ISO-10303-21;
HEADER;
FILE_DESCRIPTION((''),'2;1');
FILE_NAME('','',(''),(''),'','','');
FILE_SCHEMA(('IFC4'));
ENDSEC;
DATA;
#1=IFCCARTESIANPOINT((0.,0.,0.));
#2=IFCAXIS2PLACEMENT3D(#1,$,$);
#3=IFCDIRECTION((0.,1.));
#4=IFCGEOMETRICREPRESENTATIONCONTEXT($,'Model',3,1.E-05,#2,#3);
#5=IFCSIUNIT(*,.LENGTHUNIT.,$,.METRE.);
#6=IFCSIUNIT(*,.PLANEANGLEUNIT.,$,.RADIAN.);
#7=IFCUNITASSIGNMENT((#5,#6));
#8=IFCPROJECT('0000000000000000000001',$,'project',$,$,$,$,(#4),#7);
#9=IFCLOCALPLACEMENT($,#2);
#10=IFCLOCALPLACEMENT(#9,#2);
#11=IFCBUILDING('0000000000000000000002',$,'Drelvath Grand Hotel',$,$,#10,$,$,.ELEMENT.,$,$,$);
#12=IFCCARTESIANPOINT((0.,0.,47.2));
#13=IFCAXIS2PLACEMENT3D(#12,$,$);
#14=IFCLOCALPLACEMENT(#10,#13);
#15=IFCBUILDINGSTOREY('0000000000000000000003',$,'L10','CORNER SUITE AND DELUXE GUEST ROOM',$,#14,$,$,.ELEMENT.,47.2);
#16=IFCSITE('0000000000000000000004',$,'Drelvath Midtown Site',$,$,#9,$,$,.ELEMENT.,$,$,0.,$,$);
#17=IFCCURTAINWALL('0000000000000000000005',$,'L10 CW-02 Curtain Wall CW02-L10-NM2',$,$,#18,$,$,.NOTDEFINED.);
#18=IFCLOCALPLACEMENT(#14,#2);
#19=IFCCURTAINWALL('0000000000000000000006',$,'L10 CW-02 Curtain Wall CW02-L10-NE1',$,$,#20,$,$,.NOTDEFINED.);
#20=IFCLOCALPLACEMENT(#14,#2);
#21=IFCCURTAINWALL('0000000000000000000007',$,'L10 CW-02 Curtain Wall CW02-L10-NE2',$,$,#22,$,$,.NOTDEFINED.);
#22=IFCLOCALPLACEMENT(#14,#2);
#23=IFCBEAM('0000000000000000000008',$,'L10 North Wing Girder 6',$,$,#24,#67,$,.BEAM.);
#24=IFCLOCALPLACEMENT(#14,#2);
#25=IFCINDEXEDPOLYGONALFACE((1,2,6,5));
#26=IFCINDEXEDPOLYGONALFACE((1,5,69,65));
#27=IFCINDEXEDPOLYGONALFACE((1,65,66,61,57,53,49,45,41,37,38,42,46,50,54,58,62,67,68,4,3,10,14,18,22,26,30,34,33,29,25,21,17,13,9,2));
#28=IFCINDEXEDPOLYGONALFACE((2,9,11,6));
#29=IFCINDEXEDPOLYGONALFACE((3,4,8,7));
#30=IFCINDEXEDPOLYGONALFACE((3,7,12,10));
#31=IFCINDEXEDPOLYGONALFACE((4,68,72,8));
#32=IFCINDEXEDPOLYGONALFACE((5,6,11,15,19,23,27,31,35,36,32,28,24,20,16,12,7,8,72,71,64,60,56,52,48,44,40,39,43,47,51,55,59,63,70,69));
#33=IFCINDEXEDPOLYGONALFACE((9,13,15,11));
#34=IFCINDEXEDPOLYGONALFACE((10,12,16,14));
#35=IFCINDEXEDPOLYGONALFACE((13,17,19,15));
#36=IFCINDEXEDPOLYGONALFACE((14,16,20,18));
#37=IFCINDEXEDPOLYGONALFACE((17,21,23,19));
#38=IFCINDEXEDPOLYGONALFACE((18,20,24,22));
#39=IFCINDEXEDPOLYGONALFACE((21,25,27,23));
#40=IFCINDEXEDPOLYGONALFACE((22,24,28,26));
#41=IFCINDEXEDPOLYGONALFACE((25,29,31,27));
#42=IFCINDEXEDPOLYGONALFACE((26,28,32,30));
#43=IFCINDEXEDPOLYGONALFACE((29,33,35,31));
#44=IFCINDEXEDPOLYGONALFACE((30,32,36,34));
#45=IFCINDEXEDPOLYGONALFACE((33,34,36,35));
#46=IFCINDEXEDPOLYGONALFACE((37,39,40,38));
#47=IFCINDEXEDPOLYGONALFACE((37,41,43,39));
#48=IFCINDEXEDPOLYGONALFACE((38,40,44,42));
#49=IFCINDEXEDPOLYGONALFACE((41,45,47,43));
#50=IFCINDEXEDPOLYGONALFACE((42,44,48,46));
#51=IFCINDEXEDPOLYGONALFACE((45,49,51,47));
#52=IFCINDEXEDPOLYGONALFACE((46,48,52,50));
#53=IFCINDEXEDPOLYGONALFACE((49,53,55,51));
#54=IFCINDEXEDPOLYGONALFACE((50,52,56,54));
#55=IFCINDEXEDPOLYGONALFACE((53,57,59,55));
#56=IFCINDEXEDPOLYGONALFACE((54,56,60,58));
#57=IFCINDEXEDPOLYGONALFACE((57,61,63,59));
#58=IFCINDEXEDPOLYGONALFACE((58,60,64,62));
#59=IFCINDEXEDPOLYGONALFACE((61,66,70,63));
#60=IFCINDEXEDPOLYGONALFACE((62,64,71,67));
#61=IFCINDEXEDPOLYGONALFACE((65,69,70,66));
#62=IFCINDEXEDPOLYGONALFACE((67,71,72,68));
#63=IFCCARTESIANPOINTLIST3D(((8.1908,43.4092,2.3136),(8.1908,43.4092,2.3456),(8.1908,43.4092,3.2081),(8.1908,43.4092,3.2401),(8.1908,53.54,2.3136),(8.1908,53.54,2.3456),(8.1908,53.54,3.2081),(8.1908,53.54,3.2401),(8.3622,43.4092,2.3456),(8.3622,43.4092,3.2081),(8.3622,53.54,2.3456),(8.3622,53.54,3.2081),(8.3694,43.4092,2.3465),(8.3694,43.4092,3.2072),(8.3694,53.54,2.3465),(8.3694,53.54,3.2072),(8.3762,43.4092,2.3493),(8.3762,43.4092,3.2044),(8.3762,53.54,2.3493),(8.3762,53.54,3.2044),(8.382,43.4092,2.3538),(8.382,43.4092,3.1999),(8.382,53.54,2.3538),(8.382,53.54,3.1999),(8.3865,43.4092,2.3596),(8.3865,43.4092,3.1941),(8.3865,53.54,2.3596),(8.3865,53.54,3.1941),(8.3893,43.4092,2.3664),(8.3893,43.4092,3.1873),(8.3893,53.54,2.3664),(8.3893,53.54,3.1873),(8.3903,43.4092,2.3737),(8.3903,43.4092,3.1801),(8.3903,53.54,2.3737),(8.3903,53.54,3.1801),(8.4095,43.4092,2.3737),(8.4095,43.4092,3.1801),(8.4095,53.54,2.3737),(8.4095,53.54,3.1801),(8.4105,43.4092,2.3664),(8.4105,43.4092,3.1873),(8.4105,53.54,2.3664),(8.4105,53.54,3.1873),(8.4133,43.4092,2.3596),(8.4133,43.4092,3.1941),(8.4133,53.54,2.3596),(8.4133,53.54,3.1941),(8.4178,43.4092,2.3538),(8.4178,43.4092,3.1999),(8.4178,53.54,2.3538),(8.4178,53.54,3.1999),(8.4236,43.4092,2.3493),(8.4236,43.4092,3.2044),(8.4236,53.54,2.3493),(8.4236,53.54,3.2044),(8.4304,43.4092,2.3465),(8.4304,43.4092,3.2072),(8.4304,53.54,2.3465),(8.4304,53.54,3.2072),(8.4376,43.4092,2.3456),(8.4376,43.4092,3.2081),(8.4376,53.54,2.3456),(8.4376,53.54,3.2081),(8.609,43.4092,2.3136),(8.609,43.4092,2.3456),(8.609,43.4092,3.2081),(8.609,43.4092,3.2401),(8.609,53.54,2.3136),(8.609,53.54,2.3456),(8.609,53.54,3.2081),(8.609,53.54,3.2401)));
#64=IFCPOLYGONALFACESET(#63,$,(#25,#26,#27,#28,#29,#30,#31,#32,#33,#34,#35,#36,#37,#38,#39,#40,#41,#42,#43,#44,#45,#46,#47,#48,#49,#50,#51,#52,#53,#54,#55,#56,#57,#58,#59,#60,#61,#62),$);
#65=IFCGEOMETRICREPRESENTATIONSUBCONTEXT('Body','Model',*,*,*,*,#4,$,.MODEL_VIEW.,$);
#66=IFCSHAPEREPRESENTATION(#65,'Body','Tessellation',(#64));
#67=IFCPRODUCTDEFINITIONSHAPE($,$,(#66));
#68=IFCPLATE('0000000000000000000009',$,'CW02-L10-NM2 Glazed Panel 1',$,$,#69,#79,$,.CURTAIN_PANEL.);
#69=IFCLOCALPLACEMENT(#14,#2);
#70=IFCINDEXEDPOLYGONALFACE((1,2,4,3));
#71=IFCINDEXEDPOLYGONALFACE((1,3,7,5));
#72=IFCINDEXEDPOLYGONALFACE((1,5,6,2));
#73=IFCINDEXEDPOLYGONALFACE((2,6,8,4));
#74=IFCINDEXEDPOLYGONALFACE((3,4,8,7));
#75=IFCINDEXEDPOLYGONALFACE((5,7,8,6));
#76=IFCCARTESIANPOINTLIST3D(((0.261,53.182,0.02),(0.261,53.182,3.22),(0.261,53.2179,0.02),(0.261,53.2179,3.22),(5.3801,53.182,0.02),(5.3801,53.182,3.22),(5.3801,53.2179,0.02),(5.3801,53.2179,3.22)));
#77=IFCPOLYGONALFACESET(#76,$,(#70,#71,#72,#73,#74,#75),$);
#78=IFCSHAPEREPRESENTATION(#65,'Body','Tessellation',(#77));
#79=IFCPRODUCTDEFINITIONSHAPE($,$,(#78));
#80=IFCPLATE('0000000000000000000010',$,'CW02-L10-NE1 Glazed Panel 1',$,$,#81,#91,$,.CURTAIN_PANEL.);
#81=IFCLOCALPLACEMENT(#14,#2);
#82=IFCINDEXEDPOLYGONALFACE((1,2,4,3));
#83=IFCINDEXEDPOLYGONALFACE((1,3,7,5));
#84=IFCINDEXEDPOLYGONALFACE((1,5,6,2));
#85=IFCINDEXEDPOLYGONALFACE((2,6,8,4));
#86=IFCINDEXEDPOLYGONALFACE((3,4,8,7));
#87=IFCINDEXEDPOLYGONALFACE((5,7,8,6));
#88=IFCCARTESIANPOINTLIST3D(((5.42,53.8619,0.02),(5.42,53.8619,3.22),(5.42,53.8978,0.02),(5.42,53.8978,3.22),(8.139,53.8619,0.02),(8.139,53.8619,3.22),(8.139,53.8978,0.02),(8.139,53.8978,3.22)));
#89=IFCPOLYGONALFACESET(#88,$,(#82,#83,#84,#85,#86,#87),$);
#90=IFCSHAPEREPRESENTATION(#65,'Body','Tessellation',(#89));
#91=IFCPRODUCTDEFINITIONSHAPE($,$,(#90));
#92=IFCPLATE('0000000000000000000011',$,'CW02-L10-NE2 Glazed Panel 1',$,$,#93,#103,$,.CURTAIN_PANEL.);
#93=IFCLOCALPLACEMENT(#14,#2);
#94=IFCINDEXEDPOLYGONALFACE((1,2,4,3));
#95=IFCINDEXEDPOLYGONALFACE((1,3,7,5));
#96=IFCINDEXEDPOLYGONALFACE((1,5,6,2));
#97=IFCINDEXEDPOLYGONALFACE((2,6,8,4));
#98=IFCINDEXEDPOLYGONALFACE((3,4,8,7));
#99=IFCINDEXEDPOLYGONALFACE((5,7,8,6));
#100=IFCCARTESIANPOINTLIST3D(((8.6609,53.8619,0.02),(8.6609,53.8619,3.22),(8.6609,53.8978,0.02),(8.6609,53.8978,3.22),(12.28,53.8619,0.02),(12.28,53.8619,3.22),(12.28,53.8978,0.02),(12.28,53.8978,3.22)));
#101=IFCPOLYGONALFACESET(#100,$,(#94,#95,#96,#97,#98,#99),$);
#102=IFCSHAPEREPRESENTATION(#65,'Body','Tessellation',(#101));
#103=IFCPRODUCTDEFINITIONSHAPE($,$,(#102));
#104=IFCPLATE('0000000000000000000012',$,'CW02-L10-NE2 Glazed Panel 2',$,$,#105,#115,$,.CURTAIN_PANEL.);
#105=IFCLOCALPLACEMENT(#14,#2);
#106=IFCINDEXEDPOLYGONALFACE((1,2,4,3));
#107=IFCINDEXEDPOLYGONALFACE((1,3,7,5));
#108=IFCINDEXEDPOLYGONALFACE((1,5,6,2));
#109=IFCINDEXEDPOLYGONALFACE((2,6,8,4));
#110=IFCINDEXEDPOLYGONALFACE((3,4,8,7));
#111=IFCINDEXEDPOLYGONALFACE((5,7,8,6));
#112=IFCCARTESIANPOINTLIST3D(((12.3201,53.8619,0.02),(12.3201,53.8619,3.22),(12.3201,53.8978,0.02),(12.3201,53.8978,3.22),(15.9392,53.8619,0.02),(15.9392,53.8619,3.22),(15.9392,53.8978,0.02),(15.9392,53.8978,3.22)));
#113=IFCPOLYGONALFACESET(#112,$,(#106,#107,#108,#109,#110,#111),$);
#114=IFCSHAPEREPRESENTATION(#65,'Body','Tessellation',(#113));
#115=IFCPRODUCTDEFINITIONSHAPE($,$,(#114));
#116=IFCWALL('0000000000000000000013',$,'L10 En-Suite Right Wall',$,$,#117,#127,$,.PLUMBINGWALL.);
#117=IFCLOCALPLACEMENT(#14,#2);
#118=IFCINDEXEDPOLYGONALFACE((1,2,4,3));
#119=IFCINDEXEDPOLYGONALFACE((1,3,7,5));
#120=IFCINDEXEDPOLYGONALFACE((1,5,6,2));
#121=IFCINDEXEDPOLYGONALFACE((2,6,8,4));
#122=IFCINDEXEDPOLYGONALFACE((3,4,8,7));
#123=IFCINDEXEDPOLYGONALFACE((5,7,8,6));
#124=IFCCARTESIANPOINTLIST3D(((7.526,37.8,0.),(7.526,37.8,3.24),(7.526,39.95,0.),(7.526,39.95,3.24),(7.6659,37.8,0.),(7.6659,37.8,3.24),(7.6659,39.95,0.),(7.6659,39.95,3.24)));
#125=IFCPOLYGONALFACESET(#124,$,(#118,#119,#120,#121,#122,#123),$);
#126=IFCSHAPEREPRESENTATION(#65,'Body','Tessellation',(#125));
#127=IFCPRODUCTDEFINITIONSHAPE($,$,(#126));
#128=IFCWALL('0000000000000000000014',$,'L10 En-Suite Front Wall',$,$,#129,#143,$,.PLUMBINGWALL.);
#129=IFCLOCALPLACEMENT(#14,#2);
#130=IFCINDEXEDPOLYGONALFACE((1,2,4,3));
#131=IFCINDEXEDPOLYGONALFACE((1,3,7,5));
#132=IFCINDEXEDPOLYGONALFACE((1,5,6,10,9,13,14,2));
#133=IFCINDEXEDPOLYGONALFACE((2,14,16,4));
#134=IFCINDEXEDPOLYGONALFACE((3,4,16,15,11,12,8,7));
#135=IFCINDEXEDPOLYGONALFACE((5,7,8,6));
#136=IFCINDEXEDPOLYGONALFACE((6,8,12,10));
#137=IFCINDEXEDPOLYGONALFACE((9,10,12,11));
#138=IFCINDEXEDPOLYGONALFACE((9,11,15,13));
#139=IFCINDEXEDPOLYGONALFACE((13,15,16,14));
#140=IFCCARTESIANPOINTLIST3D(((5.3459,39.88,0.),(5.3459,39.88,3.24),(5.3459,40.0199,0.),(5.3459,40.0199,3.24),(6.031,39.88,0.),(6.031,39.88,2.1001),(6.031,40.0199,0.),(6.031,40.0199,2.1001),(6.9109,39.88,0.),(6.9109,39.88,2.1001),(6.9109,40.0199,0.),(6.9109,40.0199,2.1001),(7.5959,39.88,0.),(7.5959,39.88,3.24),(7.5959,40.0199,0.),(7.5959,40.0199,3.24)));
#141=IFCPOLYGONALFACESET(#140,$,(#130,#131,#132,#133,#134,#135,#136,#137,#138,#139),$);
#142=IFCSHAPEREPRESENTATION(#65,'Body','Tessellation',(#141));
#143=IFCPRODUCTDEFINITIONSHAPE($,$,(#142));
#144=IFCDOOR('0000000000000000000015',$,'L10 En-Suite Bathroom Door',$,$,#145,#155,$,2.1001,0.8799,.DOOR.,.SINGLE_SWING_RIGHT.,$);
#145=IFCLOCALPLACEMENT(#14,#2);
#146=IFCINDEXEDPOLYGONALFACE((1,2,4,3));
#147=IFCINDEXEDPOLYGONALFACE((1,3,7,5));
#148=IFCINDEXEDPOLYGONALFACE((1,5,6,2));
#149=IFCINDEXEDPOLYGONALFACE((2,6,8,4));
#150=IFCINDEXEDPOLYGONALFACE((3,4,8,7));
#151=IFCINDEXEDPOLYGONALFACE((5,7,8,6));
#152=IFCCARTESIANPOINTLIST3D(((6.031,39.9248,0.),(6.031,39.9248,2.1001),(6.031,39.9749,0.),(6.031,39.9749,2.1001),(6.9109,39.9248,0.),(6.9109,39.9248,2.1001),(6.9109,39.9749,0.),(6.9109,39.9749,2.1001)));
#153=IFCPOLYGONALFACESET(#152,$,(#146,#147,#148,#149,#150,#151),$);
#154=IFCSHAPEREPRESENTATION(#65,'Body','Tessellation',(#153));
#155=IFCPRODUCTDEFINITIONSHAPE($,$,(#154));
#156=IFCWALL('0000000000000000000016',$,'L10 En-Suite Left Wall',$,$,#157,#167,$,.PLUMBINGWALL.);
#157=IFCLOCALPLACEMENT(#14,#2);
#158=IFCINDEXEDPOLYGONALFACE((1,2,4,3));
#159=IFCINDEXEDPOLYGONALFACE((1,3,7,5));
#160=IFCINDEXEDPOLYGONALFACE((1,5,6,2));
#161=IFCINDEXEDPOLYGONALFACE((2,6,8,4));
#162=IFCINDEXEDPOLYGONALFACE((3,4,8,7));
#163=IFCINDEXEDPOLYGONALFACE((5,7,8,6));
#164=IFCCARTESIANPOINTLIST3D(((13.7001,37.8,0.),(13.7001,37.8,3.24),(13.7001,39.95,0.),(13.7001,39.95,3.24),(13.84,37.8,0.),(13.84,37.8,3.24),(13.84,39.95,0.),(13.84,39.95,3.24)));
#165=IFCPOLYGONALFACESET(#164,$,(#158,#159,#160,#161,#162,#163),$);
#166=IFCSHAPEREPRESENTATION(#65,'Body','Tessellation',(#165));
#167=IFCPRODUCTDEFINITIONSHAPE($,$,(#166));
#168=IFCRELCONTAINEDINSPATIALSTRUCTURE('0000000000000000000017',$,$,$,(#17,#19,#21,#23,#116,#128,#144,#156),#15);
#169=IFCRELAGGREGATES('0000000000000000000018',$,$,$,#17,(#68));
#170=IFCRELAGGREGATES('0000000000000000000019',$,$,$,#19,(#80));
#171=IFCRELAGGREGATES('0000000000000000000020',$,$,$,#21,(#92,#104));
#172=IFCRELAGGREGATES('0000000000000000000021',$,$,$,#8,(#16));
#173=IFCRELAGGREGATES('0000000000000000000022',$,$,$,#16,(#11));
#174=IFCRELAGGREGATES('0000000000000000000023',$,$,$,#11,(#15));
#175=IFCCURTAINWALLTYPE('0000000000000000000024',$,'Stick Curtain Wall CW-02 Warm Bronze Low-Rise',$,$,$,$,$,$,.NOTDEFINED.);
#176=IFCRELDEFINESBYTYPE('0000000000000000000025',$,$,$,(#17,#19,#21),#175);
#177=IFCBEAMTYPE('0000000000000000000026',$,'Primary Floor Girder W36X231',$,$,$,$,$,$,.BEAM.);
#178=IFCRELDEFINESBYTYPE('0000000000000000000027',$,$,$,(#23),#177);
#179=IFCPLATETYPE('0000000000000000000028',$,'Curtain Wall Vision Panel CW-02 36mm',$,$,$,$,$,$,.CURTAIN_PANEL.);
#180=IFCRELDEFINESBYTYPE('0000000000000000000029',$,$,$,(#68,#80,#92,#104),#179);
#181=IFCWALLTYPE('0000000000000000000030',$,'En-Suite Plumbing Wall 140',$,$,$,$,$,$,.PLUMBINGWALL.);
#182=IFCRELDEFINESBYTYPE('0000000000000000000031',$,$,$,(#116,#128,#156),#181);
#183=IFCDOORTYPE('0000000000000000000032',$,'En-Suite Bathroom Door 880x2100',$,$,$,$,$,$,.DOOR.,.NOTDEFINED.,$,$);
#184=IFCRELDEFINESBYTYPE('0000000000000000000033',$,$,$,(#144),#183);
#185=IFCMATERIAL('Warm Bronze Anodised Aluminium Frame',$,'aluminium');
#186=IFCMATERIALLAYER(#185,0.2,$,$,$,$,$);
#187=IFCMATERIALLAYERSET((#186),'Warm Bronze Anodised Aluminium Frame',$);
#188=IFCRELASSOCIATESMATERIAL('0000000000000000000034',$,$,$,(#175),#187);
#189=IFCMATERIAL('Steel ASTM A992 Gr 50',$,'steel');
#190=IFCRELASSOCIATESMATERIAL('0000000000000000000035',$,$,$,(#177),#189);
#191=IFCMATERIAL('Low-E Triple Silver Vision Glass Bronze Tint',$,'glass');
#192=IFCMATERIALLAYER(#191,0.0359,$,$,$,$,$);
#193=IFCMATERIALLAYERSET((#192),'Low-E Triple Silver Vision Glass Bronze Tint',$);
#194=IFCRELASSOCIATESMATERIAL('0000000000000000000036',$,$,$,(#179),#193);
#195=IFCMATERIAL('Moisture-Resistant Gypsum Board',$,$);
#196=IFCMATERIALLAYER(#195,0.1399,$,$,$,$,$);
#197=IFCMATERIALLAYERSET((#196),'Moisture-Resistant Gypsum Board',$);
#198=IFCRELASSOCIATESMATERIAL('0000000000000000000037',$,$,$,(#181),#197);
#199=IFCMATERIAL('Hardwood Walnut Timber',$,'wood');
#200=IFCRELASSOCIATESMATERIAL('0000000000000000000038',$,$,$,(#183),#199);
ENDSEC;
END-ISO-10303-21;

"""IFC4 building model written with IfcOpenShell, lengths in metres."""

from ifc_helpers import new_model, si_unit, direction, frame, frame_2d, origin, origin_2d, place, context, subcontext, project, spatial, rectangle, i_section, extrude, material, layer, layer_set, material_profile, profile_set, type_object, element, fill, aggregate, save


model = new_model("IFC4")

# Units and contexts
model_context = context("Model", 3, precision=1e-05, world=origin(), true_north=direction((0.0, 1.0)))
body_context = subcontext(model_context, "Body", "Model", "MODEL_VIEW")
ifc_project = project(units=[si_unit("LENGTHUNIT", "METRE"), si_unit("PLANEANGLEUNIT", "RADIAN")], contexts=[model_context])

# Site, building, storey
site_placement = place(None, origin())
site = spatial("IfcSite", under=ifc_project, at=site_placement, Name="Drelvath Midtown Site", CompositionType="ELEMENT", RefElevation=0.0)
building_placement = place(site_placement, origin())
building = spatial("IfcBuilding", under=site, at=building_placement, Name="Drelvath Grand Hotel", CompositionType="ELEMENT")
storey_placement = place(building_placement, frame((0.0, 0.0, 47.2)))
storey = spatial("IfcBuildingStorey", under=building, at=storey_placement, Name="L10", Description="CORNER SUITE AND DELUXE GUEST ROOM", CompositionType="ELEMENT", Elevation=47.2)

# Curtain walls
ifc_material_1 = material(Name="Warm Bronze Anodised Aluminium Frame", Category="aluminium")
ifc_layer_1 = layer(ifc_material_1, 0.2)
ifc_layer_set_1 = layer_set([ifc_layer_1], Name="Warm Bronze Anodised Aluminium Frame")
curtain_wall_type = type_object("IfcCurtainWallType", Name="Stick Curtain Wall CW-02 Warm Bronze Low-Rise", PredefinedType="NOTDEFINED", material=ifc_layer_set_1)
curtain_wall_1_placement = place(storey_placement, origin())
curtain_wall_1 = element("IfcCurtainWall", 1, at=curtain_wall_1_placement, inside=storey, type_object=curtain_wall_type, Name="L10 CW-02 Curtain Wall CW02-L10-NM2", PredefinedType="NOTDEFINED")
curtain_wall_2_placement = place(storey_placement, origin())
curtain_wall_2 = element("IfcCurtainWall", 2, at=curtain_wall_2_placement, inside=storey, type_object=curtain_wall_type, Name="L10 CW-02 Curtain Wall CW02-L10-NE1", PredefinedType="NOTDEFINED")
curtain_wall_3_placement = place(storey_placement, origin())
curtain_wall_3 = element("IfcCurtainWall", 3, at=curtain_wall_3_placement, inside=storey, type_object=curtain_wall_type, Name="L10 CW-02 Curtain Wall CW02-L10-NE2", PredefinedType="NOTDEFINED")

# Beam
ifc_material_2 = material(Name="Steel ASTM A992 Gr 50", Category="steel")
ifc_material_profile_1 = material_profile(ifc_material_2, i_section(OverallWidth=0.4182, OverallDepth=0.9265, WebThickness=0.0193, FlangeThickness=0.032, FilletRadius=0.0281, at=origin_2d()), Name="W36X231")
ifc_profile_set_1 = profile_set([ifc_material_profile_1], Name="Steel ASTM A992 Gr 50")
beam_type_1 = type_object("IfcBeamType", Name="Primary Floor Girder W36X231", PredefinedType="BEAM", material=ifc_profile_set_1)
beam_1_placement = place(storey_placement, frame((8.3999, 43.4092, 2.7769), z_axis=(0.0, 1.0, 0.0), x_axis=(-1.0, 0.0, 0.0)))
element("IfcBeam", 4, at=beam_1_placement, inside=storey, type_object=beam_type_1, Name="L10 North Wing Girder 6", PredefinedType="BEAM", context=body_context, shape_type="SweptSolid", body=[
    extrude(i_section(OverallWidth=0.4182, OverallDepth=0.9265, WebThickness=0.0193, FlangeThickness=0.032, FilletRadius=0.0281, at=origin_2d()), origin(), (0.0, 0.0, 1.0), 10.1309),
])

# Plates
ifc_material_3 = material(Name="Low-E Triple Silver Vision Glass Bronze Tint", Category="glass")
ifc_layer_2 = layer(ifc_material_3, 0.0359)
ifc_layer_set_2 = layer_set([ifc_layer_2], Name="Low-E Triple Silver Vision Glass Bronze Tint")
plate_type = type_object("IfcPlateType", Name="Curtain Wall Vision Panel CW-02 36mm", PredefinedType="CURTAIN_PANEL", material=ifc_layer_set_2)
plate_1_placement = place(storey_placement, frame((2.8206, 53.2, 0.02), z_axis=(0.0, 0.0, 1.0), x_axis=(1.0, 0.0, 0.0)))
plate_1 = element("IfcPlate", 5, at=plate_1_placement, type_object=plate_type, Name="CW02-L10-NM2 Glazed Panel 1", PredefinedType="CURTAIN_PANEL", context=body_context, shape_type="SweptSolid", body=[
    extrude(rectangle(XDim=5.1191, YDim=0.0359, at=origin_2d()), origin(), (0.0, 0.0, 1.0), 3.2),
])
aggregate(curtain_wall_1, [plate_1])
plate_2_placement = place(storey_placement, frame((6.7795, 53.8799, 0.02), z_axis=(0.0, 0.0, 1.0), x_axis=(1.0, 0.0, 0.0)))
plate_2 = element("IfcPlate", 6, at=plate_2_placement, type_object=plate_type, Name="CW02-L10-NE1 Glazed Panel 1", PredefinedType="CURTAIN_PANEL", context=body_context, shape_type="SweptSolid", body=[
    extrude(rectangle(XDim=2.719, YDim=0.0359, at=origin_2d()), origin(), (0.0, 0.0, 1.0), 3.2),
])
aggregate(curtain_wall_2, [plate_2])
plate_3_placement = place(storey_placement, frame((10.4705, 53.8799, 0.02), z_axis=(0.0, 0.0, 1.0), x_axis=(1.0, 0.0, 0.0)))
plate_3 = element("IfcPlate", 7, at=plate_3_placement, type_object=plate_type, Name="CW02-L10-NE2 Glazed Panel 1", PredefinedType="CURTAIN_PANEL", context=body_context, shape_type="SweptSolid", body=[
    extrude(rectangle(XDim=3.6191, YDim=0.0359, at=origin_2d()), origin(), (0.0, 0.0, 1.0), 3.2),
])
plate_4_placement = place(storey_placement, frame((14.1296, 53.8799, 0.02), z_axis=(0.0, 0.0, 1.0), x_axis=(1.0, 0.0, 0.0)))
plate_4 = element("IfcPlate", 8, at=plate_4_placement, type_object=plate_type, Name="CW02-L10-NE2 Glazed Panel 2", PredefinedType="CURTAIN_PANEL", context=body_context, shape_type="SweptSolid", body=[
    extrude(rectangle(XDim=3.6191, YDim=0.0359, at=origin_2d()), origin(), (0.0, 0.0, 1.0), 3.2),
])
aggregate(curtain_wall_3, [plate_3, plate_4])

# Wall
ifc_material_4 = material(Name="Moisture-Resistant Gypsum Board")
ifc_layer_3 = layer(ifc_material_4, 0.1399)
ifc_layer_set_3 = layer_set([ifc_layer_3], Name="Moisture-Resistant Gypsum Board")
wall_type_1 = type_object("IfcWallType", Name="En-Suite Plumbing Wall 140", PredefinedType="PLUMBINGWALL", material=ifc_layer_set_3)
wall_1_placement = place(storey_placement, frame((7.5959, 37.8, 0.0), z_axis=(0.0, 0.0, 1.0), x_axis=(0.0, 1.0, 0.0)))
element("IfcWall", 9, at=wall_1_placement, inside=storey, type_object=wall_type_1, Name="L10 En-Suite Right Wall", PredefinedType="PLUMBINGWALL", context=body_context, shape_type="SweptSolid", body=[
    extrude(rectangle(XDim=2.1499, YDim=0.1399, at=frame_2d((1.075, 0.0))), origin(), (0.0, 0.0, 1.0), 3.24),
])

# Wall, opening, door
wall_2_placement = place(storey_placement, frame((5.3459, 39.95, 0.0), z_axis=(0.0, 0.0, 1.0), x_axis=(1.0, 0.0, 0.0)))
wall_2 = element("IfcWall", 10, at=wall_2_placement, inside=storey, type_object=wall_type_1, Name="L10 En-Suite Front Wall", PredefinedType="PLUMBINGWALL", context=body_context, shape_type="SweptSolid", body=[
    extrude(rectangle(XDim=2.25, YDim=0.1399, at=frame_2d((1.125, 0.0))), origin(), (0.0, 0.0, 1.0), 3.24),
])
opening_1_placement = place(wall_2_placement, frame((0.6851, 0.0, 0.0)))
opening_1 = element("IfcOpeningElement", 11, at=opening_1_placement, cuts=wall_2, PredefinedType="OPENING", context=body_context, shape_type="SweptSolid", body=[
    extrude(rectangle(XDim=0.8799, YDim=2.1001, at=frame_2d((0.4399, 1.05))), frame((0.0, 0.0798, 0.0), z_axis=(0.0, -1.0, 0.0), x_axis=(1.0, 0.0, 0.0)), (0.0, 0.0, 1.0), 0.1599),
])
ifc_material_5 = material(Name="Hardwood Walnut Timber", Category="wood")
door_type = type_object("IfcDoorType", Name="En-Suite Bathroom Door 880x2100", OperationType="NOTDEFINED", PredefinedType="DOOR", material=ifc_material_5)
door_1_placement = place(opening_1_placement, origin())
door_1 = element("IfcDoor", 12, at=door_1_placement, inside=storey, type_object=door_type, Name="L10 En-Suite Bathroom Door", OperationType="SINGLE_SWING_RIGHT", OverallHeight=2.1001, OverallWidth=0.8799, PredefinedType="DOOR", context=body_context, shape_type="SweptSolid", body=[
    extrude(rectangle(XDim=0.8799, YDim=2.1001, at=frame_2d((0.4399, 1.05))), frame((0.0, 0.0249, 0.0), z_axis=(0.0, -1.0, 0.0), x_axis=(1.0, 0.0, 0.0)), (0.0, 0.0, 1.0), 0.05),
])
fill(opening_1, door_1)

# Wall
wall_3_placement = place(storey_placement, frame((13.77, 37.8, 0.0), z_axis=(0.0, 0.0, 1.0), x_axis=(0.0, 1.0, 0.0)))
element("IfcWall", 13, at=wall_3_placement, inside=storey, type_object=wall_type_1, Name="L10 En-Suite Left Wall", PredefinedType="PLUMBINGWALL", context=body_context, shape_type="SweptSolid", body=[
    extrude(rectangle(XDim=2.1499, YDim=0.1399, at=frame_2d((1.075, 0.0))), origin(), (0.0, 0.0, 1.0), 3.24),
])

save(model, "model.ifc")
